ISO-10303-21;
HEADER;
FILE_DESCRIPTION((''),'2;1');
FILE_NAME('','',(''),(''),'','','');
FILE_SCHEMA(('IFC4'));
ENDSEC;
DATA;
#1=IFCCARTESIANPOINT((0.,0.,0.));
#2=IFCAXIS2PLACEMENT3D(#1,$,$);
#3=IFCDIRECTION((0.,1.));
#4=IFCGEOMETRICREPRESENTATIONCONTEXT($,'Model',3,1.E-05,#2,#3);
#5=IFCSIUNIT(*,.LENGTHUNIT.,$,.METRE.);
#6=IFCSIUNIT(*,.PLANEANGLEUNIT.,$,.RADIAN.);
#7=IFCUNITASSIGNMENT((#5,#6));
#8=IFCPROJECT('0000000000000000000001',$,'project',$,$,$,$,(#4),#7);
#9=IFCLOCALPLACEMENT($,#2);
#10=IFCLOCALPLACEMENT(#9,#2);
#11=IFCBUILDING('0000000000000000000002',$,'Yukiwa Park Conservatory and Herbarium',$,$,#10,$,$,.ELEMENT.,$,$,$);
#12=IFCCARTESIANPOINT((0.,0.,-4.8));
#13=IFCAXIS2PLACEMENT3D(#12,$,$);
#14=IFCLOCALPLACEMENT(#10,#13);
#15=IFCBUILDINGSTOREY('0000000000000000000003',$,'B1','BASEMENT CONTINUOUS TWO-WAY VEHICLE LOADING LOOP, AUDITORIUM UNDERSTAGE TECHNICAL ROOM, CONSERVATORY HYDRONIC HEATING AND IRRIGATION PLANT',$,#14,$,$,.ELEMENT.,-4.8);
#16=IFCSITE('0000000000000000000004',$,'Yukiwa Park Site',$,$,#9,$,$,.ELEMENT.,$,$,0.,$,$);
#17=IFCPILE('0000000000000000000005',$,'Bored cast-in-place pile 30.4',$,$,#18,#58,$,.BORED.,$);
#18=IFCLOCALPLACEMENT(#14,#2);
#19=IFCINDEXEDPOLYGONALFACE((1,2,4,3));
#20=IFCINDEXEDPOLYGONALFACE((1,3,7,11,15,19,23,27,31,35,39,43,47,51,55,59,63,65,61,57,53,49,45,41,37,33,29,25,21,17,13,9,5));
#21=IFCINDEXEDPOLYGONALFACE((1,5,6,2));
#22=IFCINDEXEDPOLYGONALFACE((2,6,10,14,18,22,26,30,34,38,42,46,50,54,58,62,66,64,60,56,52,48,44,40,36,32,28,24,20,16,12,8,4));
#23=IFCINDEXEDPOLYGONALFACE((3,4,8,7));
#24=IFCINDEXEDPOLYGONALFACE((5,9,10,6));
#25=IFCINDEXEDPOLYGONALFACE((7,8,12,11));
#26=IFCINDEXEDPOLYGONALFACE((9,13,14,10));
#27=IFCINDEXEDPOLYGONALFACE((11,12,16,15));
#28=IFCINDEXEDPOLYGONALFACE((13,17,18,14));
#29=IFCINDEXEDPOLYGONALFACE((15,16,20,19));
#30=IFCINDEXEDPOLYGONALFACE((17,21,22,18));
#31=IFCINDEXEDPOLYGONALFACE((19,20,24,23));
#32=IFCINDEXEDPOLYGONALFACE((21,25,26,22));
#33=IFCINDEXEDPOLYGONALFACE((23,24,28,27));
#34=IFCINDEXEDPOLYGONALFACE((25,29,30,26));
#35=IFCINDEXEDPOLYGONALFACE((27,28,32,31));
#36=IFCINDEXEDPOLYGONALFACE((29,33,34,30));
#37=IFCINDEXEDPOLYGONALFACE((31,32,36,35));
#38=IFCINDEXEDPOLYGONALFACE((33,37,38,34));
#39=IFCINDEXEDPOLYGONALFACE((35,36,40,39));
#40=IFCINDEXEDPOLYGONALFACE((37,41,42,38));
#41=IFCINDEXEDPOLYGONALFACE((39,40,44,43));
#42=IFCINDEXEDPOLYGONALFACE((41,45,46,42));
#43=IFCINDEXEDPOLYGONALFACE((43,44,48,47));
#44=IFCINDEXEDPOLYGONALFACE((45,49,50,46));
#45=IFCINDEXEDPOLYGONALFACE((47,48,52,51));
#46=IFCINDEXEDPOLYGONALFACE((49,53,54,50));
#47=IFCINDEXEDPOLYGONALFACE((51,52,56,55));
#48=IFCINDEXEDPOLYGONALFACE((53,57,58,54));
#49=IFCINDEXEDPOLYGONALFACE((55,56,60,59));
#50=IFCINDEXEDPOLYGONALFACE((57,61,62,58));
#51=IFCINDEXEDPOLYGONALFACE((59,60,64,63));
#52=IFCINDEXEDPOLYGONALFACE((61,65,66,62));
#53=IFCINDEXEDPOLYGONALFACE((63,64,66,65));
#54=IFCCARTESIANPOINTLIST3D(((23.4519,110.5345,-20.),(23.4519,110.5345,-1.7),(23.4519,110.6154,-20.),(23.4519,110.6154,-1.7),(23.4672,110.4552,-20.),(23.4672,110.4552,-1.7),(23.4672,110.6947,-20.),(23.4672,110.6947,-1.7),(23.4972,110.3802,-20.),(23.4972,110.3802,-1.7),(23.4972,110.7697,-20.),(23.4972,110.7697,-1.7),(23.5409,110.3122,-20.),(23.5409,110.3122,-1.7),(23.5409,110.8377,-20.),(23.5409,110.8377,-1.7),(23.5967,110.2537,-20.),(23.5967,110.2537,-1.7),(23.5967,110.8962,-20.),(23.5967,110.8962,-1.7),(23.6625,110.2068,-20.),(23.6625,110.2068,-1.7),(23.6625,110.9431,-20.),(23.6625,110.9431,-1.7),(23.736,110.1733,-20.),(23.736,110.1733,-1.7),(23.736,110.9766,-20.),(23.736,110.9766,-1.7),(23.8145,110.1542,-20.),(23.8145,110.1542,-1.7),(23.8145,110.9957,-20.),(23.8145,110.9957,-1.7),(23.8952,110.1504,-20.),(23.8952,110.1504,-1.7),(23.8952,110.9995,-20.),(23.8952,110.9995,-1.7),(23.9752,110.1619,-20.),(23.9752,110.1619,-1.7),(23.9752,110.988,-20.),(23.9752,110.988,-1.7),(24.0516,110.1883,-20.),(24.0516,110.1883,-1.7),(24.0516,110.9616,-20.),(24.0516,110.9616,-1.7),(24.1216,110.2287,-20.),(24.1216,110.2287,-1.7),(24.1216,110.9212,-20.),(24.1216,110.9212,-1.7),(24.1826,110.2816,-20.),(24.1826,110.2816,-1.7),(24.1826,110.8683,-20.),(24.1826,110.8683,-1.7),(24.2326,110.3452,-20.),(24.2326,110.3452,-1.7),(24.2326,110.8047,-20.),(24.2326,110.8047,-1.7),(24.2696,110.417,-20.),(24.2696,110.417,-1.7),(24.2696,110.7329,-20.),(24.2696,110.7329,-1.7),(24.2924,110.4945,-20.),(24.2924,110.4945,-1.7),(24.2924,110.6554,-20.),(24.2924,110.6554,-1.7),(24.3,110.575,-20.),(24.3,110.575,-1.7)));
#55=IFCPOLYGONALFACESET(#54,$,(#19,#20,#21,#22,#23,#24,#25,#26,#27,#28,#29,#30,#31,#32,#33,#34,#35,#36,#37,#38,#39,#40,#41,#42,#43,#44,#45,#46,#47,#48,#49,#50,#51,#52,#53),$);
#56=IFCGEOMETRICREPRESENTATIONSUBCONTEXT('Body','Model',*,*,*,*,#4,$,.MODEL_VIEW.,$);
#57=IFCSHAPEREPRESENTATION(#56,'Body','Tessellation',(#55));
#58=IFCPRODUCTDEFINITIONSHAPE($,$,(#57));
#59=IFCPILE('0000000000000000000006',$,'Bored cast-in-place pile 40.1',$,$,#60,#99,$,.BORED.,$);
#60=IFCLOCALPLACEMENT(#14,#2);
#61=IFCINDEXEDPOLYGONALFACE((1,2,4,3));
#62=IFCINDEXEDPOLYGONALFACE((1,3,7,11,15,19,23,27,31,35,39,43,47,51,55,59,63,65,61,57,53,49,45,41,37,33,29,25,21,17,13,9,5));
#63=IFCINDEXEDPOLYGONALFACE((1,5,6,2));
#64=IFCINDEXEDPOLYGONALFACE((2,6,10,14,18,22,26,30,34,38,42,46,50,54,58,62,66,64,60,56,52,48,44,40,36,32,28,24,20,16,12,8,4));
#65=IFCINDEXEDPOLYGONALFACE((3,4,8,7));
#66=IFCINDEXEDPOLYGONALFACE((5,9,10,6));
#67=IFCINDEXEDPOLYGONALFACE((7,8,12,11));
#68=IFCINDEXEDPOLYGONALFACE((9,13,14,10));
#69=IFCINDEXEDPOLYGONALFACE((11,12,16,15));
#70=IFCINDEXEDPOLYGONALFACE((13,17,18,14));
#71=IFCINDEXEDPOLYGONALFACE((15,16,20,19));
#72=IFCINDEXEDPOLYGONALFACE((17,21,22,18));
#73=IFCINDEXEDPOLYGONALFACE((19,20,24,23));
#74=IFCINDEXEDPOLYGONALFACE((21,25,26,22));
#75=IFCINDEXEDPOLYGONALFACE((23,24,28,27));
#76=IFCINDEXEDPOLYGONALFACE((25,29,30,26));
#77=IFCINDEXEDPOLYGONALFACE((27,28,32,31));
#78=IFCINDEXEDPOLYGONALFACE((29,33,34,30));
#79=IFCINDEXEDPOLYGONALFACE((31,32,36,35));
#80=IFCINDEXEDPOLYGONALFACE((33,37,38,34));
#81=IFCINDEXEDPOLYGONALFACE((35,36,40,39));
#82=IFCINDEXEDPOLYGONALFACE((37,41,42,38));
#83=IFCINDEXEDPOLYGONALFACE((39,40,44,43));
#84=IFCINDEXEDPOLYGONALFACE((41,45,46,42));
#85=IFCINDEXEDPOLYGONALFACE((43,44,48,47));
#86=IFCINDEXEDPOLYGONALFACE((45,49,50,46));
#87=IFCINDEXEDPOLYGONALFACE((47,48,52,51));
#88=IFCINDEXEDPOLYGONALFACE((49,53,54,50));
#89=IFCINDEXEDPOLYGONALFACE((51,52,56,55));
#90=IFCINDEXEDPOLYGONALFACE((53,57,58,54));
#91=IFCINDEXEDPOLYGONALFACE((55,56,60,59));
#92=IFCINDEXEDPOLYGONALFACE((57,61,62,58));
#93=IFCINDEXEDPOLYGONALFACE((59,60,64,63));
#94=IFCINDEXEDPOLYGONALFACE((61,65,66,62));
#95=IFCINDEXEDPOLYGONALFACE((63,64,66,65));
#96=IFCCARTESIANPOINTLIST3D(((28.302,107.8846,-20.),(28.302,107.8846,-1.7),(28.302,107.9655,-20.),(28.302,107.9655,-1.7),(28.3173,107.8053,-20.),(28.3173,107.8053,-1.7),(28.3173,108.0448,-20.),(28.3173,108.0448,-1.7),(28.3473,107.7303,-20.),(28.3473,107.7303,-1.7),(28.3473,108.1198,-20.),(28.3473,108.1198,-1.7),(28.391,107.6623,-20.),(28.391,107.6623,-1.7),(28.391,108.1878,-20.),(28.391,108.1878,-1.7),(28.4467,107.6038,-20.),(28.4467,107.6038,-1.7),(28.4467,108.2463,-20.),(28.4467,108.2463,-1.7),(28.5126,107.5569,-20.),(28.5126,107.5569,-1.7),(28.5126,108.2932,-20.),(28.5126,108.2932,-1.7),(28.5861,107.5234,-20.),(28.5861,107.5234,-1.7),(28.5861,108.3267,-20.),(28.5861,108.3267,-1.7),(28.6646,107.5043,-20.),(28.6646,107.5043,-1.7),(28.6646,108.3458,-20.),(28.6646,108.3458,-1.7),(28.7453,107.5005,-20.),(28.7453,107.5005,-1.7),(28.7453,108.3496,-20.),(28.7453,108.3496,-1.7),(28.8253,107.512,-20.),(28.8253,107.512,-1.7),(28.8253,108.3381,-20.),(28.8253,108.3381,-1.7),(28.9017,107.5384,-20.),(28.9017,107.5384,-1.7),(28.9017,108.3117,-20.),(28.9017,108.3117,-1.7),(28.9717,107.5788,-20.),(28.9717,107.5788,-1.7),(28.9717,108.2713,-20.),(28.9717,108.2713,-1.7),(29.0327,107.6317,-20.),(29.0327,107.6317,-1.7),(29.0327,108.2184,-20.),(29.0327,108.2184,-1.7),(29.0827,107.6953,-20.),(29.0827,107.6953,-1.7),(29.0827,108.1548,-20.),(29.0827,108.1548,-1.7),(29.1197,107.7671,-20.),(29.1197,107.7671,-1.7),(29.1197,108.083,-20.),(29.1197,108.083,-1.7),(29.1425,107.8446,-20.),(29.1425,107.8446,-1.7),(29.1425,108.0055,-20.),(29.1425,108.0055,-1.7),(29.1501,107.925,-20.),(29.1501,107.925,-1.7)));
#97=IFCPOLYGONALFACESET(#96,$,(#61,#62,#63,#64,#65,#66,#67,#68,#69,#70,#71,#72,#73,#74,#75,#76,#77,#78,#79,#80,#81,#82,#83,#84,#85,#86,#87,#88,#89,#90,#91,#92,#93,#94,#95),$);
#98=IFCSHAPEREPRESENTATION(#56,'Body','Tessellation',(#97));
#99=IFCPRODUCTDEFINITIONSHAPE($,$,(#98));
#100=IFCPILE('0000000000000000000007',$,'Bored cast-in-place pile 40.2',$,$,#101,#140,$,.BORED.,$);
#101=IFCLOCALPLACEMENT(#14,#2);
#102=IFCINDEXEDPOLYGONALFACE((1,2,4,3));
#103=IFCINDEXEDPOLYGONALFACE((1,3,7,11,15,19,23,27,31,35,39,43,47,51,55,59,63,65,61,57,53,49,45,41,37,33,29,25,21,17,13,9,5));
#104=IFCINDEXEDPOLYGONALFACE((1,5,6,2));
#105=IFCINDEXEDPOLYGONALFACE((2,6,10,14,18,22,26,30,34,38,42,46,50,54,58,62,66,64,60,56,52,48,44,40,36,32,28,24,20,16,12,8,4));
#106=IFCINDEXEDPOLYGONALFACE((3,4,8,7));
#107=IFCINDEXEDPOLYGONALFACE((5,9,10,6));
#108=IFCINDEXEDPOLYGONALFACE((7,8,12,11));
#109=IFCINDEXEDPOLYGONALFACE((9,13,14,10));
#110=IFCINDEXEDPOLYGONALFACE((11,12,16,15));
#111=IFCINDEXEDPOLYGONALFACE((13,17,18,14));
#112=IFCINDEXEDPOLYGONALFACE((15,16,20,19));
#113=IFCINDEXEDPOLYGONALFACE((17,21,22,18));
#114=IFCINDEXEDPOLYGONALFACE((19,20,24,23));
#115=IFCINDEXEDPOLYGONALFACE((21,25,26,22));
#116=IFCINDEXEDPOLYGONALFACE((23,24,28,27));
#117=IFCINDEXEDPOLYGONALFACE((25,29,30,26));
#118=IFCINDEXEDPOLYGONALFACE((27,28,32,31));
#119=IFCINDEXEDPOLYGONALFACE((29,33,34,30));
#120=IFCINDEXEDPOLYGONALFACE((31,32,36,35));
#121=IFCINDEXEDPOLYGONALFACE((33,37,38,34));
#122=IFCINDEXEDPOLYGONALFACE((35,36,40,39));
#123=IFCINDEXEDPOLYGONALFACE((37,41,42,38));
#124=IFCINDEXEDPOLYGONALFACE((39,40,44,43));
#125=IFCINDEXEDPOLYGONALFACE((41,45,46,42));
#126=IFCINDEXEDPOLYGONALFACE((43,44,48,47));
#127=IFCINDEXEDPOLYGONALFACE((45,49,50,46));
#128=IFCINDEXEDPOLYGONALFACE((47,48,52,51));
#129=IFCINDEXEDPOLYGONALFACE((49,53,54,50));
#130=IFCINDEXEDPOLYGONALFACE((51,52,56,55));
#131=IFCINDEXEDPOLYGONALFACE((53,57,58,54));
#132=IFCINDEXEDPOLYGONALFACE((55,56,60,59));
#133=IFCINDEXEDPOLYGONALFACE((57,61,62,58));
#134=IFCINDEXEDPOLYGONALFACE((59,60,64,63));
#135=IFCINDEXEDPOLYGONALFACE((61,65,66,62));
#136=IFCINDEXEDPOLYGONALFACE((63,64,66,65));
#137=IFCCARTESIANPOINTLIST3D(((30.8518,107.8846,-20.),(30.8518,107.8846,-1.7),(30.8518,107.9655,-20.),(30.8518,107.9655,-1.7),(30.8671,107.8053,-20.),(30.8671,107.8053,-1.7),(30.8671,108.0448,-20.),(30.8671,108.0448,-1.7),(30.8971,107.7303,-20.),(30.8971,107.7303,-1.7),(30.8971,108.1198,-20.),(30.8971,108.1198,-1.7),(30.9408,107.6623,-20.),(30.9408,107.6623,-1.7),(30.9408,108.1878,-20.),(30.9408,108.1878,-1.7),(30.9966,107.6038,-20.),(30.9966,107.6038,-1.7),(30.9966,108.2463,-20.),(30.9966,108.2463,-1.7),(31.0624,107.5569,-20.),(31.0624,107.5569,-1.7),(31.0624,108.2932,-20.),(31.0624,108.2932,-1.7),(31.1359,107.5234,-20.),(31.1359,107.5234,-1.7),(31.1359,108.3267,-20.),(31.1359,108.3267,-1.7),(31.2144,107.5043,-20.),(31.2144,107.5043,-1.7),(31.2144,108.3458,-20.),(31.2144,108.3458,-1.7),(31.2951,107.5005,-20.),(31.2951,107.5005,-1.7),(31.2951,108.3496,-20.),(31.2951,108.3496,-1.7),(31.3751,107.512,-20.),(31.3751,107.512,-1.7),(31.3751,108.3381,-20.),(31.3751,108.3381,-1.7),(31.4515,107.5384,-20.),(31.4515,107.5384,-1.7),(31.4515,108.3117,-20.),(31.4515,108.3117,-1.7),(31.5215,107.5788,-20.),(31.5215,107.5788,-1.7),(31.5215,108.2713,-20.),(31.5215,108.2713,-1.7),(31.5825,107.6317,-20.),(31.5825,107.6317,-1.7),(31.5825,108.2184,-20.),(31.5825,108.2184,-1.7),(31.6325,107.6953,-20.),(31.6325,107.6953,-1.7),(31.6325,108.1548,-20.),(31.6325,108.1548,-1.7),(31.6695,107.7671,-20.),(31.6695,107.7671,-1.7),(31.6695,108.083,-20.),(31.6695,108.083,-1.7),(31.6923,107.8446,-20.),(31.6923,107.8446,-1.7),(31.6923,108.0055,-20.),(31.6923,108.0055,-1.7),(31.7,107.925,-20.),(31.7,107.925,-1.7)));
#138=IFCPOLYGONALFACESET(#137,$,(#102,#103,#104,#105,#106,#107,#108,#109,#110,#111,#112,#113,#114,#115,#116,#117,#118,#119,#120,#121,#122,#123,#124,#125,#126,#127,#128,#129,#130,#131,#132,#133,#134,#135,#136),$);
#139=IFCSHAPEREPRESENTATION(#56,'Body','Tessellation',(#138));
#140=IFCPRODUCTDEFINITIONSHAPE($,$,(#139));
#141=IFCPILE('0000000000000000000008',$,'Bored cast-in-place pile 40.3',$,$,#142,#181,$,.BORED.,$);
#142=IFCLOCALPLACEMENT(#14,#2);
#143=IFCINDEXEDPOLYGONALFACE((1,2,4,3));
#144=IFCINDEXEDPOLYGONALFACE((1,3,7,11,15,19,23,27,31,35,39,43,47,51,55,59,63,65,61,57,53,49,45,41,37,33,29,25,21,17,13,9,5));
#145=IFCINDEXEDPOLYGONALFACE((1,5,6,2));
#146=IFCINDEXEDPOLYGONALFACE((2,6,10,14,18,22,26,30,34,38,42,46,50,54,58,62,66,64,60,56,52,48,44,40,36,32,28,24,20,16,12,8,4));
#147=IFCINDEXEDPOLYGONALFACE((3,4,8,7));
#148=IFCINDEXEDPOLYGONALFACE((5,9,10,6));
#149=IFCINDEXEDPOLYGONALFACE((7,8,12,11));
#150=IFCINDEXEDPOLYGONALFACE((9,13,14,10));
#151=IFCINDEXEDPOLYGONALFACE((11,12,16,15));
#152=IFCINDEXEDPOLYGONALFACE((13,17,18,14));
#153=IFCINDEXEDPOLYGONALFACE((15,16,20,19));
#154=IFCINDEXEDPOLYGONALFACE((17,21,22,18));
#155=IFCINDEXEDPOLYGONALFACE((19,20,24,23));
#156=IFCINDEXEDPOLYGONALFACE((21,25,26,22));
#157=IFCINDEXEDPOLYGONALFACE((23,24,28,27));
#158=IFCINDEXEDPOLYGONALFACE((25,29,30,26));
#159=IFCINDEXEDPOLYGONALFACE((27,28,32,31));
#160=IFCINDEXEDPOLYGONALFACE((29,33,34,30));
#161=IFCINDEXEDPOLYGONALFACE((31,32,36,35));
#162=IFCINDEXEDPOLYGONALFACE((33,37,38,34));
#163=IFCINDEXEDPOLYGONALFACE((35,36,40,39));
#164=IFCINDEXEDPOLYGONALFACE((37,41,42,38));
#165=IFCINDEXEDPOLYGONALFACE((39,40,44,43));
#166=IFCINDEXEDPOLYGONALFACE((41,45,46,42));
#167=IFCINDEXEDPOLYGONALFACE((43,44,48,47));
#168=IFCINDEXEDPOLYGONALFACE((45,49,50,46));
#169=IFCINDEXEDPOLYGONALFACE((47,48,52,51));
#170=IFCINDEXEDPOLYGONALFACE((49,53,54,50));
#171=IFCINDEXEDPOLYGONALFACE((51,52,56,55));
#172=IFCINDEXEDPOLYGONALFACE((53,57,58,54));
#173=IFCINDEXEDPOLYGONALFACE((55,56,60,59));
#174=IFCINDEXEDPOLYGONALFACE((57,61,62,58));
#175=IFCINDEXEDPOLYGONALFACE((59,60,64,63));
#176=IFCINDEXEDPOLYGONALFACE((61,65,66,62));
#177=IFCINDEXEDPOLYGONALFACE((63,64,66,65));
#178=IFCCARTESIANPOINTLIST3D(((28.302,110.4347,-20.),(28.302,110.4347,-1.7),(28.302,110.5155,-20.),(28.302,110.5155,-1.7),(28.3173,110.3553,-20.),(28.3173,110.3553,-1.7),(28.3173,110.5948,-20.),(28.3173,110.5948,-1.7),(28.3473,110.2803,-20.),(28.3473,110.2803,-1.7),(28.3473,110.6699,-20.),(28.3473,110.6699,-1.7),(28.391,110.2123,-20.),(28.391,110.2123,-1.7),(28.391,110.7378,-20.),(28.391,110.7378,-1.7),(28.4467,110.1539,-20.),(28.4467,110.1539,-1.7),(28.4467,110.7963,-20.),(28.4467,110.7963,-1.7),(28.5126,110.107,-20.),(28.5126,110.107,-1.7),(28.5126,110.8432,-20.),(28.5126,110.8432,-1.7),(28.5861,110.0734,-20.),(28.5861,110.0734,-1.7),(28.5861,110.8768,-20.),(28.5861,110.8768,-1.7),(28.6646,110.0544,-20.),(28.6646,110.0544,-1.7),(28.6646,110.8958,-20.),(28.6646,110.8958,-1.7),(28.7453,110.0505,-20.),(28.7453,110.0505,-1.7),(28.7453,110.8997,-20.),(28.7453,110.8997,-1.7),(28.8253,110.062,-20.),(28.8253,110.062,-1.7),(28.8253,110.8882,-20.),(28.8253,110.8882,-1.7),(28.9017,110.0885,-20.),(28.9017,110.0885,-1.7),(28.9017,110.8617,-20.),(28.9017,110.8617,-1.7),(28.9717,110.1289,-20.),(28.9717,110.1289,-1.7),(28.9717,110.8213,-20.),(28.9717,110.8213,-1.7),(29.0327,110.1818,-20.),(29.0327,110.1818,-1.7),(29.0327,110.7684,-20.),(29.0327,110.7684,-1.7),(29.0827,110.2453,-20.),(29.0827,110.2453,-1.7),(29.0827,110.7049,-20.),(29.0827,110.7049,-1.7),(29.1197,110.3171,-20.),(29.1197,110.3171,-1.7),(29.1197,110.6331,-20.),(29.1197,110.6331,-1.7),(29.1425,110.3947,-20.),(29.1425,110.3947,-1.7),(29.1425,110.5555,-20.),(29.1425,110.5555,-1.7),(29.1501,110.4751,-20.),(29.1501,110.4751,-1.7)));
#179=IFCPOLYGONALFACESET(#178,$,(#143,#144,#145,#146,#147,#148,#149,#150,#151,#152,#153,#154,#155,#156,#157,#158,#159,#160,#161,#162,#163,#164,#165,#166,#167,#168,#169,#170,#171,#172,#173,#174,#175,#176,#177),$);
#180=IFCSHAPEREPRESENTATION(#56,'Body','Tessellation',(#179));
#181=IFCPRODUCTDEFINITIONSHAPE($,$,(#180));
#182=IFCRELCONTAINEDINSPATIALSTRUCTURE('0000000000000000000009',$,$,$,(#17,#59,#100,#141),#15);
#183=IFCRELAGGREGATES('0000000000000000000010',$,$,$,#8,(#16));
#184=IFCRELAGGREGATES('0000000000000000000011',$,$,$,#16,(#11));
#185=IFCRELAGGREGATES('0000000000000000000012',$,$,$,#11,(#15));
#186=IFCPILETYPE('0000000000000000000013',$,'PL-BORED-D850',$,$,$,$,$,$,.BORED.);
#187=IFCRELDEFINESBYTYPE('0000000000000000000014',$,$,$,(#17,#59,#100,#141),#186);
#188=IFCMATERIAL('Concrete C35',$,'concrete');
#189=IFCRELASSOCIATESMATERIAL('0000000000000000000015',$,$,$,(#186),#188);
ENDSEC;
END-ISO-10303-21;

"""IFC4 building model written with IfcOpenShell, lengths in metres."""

from ifc_helpers import new_model, si_unit, direction, frame, origin, origin_2d, place, context, subcontext, project, spatial, circle, extrude, material, material_profile, profile_set, type_object, element, save


model = new_model("IFC4")

# Units and contexts
model_context = context("Model", 3, precision=1e-05, world=origin(), true_north=direction((0.0, 1.0)))
body_context = subcontext(model_context, "Body", "Model", "MODEL_VIEW")
ifc_project = project(units=[si_unit("LENGTHUNIT", "METRE"), si_unit("PLANEANGLEUNIT", "RADIAN")], contexts=[model_context])

# Site, building, storey
site_placement = place(None, origin())
site = spatial("IfcSite", under=ifc_project, at=site_placement, Name="Yukiwa Park Site", CompositionType="ELEMENT", RefElevation=0.0)
building_placement = place(site_placement, origin())
building = spatial("IfcBuilding", under=site, at=building_placement, Name="Yukiwa Park Conservatory and Herbarium", CompositionType="ELEMENT")
storey_placement = place(building_placement, frame((0.0, 0.0, -4.8)))
storey = spatial("IfcBuildingStorey", under=building, at=storey_placement, Name="B1", Description="BASEMENT CONTINUOUS TWO-WAY VEHICLE LOADING LOOP, AUDITORIUM UNDERSTAGE TECHNICAL ROOM, CONSERVATORY HYDRONIC HEATING AND IRRIGATION PLANT", CompositionType="ELEMENT", Elevation=-4.8)

# Piles
ifc_material_1 = material(Name="Concrete C35", Category="concrete")
ifc_material_profile_1 = material_profile(ifc_material_1, circle(Radius=0.425, at=origin_2d()), Name="PILE D850")
ifc_profile_set_1 = profile_set([ifc_material_profile_1], Name="Concrete C35")
pile_type = type_object("IfcPileType", Name="PL-BORED-D850", PredefinedType="BORED", material=ifc_profile_set_1)
for number, where, z_axis, x_axis, name in (
    (1, (23.875, 110.575, -1.7), (0.0, 0.0, -1.0), (1.0, 0.0, 0.0), "Bored cast-in-place pile 30.4"),
    (2, (28.7251, 107.925, -1.7), (0.0, 0.0, -1.0), (1.0, 0.0, 0.0), "Bored cast-in-place pile 40.1"),
    (3, (31.2749, 107.925, -1.7), (0.0, 0.0, -1.0), (1.0, 0.0, 0.0), "Bored cast-in-place pile 40.2"),
    (4, (28.7251, 110.4751, -1.7), (0.0, 0.0, -1.0), (1.0, 0.0, 0.0), "Bored cast-in-place pile 40.3"),
):
    element("IfcPile", number, at=place(storey_placement, frame(where, z_axis=z_axis, x_axis=x_axis)), inside=storey, type_object=pile_type, Name=name, PredefinedType="BORED", context=body_context, shape_type="SweptSolid", body=[
        extrude(circle(Radius=0.425, at=origin_2d()), origin(), (0.0, 0.0, 1.0), 18.3),
    ])

save(model, "model.ifc")
